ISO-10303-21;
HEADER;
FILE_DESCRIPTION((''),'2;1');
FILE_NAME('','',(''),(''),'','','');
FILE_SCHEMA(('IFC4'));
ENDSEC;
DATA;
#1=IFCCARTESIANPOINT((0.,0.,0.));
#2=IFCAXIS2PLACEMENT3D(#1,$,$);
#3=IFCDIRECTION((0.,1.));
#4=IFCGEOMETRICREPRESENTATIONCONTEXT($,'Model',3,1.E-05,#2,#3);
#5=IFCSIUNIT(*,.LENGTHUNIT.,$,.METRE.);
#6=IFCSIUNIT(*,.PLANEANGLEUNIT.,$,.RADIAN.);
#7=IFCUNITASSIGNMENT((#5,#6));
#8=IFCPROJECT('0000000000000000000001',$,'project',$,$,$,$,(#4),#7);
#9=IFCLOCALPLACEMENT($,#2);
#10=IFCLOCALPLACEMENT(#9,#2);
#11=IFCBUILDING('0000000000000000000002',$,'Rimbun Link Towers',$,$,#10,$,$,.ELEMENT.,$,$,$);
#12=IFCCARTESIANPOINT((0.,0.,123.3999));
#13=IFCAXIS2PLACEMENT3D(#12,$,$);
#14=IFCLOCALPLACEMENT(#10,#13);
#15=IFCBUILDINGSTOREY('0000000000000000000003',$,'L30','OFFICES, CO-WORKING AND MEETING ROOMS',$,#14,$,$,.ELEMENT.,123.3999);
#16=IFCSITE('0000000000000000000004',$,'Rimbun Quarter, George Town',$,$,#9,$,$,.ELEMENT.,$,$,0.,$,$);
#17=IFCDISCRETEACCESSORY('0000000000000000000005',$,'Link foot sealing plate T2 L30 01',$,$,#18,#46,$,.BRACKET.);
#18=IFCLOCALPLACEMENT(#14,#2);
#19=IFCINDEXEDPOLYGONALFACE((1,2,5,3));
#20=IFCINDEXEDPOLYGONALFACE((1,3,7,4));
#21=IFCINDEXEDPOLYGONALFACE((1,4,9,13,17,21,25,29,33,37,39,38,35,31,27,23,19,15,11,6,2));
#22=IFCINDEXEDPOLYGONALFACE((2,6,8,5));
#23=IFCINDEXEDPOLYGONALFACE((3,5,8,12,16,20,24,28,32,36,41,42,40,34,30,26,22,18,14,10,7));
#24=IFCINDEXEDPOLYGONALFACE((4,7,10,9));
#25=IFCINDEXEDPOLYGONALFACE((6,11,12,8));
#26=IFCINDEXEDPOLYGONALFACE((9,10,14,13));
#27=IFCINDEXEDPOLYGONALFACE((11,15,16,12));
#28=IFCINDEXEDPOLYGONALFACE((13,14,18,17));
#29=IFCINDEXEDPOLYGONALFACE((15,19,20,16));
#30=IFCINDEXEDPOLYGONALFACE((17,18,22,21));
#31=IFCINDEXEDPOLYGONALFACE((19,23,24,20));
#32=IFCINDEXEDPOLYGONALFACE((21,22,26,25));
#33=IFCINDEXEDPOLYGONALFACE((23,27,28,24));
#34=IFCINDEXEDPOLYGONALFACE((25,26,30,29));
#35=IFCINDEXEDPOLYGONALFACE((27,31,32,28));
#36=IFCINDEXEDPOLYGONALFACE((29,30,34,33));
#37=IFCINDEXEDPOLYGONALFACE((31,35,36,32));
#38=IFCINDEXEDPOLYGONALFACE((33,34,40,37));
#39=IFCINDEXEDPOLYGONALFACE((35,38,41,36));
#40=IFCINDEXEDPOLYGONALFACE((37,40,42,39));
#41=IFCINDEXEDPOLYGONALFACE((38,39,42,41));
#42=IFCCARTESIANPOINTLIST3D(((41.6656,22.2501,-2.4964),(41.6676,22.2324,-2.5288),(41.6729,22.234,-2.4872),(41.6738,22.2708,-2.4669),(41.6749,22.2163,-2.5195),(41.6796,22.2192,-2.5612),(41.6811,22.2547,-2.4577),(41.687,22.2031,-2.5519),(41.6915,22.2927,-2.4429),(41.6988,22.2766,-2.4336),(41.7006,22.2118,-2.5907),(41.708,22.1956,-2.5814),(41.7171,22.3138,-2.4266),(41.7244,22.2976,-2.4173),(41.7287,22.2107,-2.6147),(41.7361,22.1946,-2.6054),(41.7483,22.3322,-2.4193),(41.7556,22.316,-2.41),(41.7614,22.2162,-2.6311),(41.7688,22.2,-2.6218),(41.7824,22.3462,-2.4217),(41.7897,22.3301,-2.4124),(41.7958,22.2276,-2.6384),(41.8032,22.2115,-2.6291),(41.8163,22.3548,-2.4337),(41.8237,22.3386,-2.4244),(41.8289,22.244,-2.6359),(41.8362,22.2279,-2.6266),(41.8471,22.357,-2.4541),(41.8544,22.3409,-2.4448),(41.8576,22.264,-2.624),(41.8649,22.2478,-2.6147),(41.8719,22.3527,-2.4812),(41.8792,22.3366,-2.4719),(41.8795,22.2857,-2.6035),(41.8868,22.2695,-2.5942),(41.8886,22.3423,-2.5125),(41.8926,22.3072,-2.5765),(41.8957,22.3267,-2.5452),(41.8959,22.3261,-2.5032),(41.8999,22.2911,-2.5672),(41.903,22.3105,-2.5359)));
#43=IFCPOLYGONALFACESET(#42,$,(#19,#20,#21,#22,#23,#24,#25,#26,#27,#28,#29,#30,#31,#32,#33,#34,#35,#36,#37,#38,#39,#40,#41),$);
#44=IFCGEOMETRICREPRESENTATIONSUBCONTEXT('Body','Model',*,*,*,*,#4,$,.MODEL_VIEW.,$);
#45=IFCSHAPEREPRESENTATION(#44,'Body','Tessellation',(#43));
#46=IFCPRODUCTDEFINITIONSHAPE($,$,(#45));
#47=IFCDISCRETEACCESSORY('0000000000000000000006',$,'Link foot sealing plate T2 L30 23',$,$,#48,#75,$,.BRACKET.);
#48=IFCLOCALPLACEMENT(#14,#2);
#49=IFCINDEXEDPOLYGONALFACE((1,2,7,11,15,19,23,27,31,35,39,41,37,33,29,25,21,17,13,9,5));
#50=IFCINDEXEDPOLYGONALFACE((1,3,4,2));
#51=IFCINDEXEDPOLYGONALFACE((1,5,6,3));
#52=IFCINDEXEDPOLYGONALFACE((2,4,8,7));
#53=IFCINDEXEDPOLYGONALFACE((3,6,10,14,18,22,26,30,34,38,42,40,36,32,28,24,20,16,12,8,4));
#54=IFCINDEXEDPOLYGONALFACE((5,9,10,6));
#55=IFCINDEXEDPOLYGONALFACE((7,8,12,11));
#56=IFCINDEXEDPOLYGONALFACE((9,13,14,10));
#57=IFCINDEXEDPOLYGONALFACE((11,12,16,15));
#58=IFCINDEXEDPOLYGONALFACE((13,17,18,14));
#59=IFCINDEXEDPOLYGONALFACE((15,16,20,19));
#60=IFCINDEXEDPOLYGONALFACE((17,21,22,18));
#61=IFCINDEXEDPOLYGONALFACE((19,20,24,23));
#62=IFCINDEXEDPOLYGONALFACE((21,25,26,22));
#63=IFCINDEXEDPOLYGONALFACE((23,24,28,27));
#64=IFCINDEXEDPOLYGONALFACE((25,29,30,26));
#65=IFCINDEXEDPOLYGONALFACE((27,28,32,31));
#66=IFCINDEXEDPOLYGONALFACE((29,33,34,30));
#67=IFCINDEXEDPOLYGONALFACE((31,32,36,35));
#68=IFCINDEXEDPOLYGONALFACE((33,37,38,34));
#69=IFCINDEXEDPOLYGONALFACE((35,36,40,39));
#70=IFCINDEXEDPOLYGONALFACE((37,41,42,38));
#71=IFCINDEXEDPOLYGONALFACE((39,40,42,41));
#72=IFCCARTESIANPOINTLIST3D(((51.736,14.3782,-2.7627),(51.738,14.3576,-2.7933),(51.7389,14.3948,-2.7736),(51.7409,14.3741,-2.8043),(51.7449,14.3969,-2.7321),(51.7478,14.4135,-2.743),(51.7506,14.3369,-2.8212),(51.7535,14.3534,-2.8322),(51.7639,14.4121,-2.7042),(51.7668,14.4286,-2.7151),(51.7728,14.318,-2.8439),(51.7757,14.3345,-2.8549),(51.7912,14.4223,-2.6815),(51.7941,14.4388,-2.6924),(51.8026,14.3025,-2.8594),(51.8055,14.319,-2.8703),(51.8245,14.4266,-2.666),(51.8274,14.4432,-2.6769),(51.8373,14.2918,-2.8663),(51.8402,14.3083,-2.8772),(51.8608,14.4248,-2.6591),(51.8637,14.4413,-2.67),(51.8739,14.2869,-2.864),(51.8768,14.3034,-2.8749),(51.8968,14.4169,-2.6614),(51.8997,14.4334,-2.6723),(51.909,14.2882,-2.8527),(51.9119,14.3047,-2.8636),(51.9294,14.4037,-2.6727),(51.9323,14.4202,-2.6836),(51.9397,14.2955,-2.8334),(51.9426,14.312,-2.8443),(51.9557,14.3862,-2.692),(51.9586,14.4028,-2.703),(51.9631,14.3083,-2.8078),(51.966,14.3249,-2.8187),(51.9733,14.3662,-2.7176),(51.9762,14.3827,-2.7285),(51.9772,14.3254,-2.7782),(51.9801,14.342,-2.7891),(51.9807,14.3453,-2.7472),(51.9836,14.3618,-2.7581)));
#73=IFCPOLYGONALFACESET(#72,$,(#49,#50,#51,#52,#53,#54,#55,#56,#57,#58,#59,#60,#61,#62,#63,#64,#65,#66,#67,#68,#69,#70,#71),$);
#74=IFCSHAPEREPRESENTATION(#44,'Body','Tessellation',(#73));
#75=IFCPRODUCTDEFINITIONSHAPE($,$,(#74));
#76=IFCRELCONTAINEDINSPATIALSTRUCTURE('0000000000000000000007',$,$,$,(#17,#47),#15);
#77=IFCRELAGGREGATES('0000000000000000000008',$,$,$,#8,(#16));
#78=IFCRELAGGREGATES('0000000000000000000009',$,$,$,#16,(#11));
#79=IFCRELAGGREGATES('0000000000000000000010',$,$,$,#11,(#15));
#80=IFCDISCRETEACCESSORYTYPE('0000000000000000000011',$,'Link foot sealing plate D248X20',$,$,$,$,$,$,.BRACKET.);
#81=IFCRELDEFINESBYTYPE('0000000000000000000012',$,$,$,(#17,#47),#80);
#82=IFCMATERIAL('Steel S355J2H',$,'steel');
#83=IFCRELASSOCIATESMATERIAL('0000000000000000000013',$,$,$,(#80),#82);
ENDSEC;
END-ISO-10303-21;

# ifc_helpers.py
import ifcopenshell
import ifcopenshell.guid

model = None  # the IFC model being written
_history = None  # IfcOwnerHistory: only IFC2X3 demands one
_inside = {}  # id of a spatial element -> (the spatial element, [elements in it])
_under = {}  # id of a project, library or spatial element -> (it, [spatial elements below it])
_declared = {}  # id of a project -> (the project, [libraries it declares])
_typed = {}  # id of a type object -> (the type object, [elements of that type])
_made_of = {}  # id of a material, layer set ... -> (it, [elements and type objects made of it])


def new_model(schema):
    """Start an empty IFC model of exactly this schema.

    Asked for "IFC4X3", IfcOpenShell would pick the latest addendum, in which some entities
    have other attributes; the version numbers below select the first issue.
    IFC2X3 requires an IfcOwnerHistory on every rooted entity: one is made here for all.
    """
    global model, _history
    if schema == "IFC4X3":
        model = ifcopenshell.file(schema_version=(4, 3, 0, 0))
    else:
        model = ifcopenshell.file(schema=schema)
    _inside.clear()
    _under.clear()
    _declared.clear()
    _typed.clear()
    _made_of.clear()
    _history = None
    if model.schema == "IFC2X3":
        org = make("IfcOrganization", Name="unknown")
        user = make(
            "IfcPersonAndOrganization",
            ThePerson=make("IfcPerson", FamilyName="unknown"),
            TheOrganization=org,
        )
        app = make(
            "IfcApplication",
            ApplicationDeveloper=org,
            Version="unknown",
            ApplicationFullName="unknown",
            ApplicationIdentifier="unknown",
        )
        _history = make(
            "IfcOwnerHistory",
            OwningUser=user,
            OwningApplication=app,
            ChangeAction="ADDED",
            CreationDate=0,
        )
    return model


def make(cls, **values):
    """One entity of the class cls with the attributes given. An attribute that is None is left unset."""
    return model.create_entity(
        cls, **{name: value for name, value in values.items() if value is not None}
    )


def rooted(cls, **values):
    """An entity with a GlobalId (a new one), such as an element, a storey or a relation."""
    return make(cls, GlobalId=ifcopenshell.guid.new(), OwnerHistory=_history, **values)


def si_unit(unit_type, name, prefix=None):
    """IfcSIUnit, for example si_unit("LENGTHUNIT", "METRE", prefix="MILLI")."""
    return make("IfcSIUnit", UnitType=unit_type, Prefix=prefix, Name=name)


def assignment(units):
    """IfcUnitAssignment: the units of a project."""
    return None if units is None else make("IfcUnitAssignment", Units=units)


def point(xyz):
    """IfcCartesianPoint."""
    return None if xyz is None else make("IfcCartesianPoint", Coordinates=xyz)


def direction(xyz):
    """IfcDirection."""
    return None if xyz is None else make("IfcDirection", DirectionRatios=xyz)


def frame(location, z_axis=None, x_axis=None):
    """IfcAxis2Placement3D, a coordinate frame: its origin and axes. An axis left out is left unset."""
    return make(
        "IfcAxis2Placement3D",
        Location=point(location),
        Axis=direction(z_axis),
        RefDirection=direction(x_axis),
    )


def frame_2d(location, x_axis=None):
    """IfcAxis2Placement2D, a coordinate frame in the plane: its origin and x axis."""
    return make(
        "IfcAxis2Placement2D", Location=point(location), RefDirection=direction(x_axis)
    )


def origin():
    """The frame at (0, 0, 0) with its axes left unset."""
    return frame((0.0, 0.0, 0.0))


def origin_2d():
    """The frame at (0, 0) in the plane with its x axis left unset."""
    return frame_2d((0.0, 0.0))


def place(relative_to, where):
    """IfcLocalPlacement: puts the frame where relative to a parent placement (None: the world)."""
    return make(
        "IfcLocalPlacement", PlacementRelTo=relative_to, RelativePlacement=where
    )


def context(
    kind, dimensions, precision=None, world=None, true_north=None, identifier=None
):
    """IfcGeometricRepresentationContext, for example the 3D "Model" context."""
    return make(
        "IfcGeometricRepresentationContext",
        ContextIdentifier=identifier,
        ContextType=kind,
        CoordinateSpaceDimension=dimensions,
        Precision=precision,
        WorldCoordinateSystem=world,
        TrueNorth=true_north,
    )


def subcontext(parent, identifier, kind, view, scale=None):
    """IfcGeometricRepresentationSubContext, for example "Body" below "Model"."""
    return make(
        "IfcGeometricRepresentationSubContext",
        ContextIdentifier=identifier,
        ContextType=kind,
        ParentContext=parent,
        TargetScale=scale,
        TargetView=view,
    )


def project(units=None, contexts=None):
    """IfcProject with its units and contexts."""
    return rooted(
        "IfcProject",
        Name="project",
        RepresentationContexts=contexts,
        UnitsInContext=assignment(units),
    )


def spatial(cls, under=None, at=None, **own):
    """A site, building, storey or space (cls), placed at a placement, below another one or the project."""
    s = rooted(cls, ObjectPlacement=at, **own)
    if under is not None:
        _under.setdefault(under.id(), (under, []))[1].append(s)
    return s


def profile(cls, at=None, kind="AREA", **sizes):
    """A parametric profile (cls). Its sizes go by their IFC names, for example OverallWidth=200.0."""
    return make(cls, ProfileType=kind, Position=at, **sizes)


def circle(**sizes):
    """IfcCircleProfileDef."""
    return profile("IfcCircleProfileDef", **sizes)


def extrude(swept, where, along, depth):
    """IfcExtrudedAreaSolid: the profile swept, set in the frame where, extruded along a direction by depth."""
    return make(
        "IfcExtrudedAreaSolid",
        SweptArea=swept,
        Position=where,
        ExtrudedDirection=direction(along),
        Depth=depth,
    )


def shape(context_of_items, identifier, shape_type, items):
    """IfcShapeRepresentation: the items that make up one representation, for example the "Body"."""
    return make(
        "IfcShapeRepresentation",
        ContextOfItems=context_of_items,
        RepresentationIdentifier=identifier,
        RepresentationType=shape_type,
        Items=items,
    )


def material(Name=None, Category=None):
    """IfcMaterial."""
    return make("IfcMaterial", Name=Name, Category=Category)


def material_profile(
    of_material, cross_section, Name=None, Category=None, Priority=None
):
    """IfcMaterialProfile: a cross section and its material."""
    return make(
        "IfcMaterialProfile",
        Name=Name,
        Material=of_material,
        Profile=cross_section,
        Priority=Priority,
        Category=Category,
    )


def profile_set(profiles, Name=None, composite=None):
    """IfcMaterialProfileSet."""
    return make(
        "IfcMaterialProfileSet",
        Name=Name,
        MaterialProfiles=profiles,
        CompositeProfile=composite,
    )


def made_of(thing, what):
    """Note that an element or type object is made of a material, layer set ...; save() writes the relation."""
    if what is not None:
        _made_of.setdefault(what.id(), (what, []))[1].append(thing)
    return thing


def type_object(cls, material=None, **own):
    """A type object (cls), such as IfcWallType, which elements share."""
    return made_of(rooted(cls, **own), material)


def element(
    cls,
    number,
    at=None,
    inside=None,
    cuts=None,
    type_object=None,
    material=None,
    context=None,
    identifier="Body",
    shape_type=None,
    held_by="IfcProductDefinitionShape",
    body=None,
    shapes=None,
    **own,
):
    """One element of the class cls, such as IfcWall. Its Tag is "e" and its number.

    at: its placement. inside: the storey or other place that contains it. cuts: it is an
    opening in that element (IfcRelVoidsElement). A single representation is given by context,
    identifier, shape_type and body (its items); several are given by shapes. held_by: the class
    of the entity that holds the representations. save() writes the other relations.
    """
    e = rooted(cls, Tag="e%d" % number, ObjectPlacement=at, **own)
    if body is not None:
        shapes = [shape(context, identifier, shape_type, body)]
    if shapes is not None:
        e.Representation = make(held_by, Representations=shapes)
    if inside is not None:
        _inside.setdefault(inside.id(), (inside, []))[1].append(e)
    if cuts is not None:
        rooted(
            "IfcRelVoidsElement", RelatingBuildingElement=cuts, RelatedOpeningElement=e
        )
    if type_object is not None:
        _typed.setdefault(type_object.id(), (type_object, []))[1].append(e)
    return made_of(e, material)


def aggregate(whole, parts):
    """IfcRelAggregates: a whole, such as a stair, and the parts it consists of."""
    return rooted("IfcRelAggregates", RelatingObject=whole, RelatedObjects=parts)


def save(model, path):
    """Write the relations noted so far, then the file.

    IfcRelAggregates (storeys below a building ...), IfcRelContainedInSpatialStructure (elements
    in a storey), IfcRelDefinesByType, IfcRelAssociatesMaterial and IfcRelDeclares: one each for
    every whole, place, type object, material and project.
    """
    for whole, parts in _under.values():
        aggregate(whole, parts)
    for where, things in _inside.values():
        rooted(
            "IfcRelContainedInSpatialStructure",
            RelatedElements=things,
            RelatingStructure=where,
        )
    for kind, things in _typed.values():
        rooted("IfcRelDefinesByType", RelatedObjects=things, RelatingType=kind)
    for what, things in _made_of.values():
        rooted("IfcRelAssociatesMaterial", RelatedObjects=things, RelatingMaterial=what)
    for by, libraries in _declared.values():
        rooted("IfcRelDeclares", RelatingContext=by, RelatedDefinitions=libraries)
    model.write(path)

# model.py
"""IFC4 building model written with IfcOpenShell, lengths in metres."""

from ifc_helpers import new_model, si_unit, direction, frame, origin, origin_2d, place, context, subcontext, project, spatial, circle, extrude, material, material_profile, profile_set, type_object, element, save


model = new_model("IFC4")

# Units and contexts
model_context = context("Model", 3, precision=1e-05, world=origin(), true_north=direction((0.0, 1.0)))
body_context = subcontext(model_context, "Body", "Model", "MODEL_VIEW")
ifc_project = project(units=[si_unit("LENGTHUNIT", "METRE"), si_unit("PLANEANGLEUNIT", "RADIAN")], contexts=[model_context])

# Site, building, storey
site_placement = place(None, origin())
site = spatial("IfcSite", under=ifc_project, at=site_placement, Name="Rimbun Quarter, George Town", CompositionType="ELEMENT", RefElevation=0.0)
building_placement = place(site_placement, origin())
building = spatial("IfcBuilding", under=site, at=building_placement, Name="Rimbun Link Towers", CompositionType="ELEMENT")
storey_placement = place(building_placement, frame((0.0, 0.0, 123.3999)))
storey = spatial("IfcBuildingStorey", under=building, at=storey_placement, Name="L30", Description="OFFICES, CO-WORKING AND MEETING ROOMS", CompositionType="ELEMENT", Elevation=123.3999)

# Discrete accessories
ifc_material_1 = material(Name="Steel S355J2H", Category="steel")
ifc_material_profile_1 = material_profile(ifc_material_1, circle(Radius=0.124, at=origin_2d()), Name="PL D248")
ifc_profile_set_1 = profile_set([ifc_material_profile_1], Name="Steel S355J2H")
discrete_accessory_type = type_object("IfcDiscreteAccessoryType", Name="Link foot sealing plate D248X20", PredefinedType="BRACKET", material=ifc_profile_set_1)
for number, where, z_axis, x_axis, name in (
    (1, (41.7878, 22.2676, -2.5195), (-0.366508, 0.806318, -0.464244), (-0.910366, -0.413803, 0.0), "Link foot sealing plate T2 L30 01"),
    (2, (51.8582, 14.3567, -2.7627), (0.145596, 0.825046, -0.545986), (-0.984784, 0.173785, 0.0), "Link foot sealing plate T2 L30 23"),
):
    element("IfcDiscreteAccessory", number, at=place(storey_placement, frame(where, z_axis=z_axis, x_axis=x_axis)), inside=storey, type_object=discrete_accessory_type, Name=name, PredefinedType="BRACKET", context=body_context, shape_type="SweptSolid", body=[
        extrude(circle(Radius=0.124, at=origin_2d()), origin(), (0.0, 0.0, 1.0), 0.02),
    ])

save(model, "model.ifc")
